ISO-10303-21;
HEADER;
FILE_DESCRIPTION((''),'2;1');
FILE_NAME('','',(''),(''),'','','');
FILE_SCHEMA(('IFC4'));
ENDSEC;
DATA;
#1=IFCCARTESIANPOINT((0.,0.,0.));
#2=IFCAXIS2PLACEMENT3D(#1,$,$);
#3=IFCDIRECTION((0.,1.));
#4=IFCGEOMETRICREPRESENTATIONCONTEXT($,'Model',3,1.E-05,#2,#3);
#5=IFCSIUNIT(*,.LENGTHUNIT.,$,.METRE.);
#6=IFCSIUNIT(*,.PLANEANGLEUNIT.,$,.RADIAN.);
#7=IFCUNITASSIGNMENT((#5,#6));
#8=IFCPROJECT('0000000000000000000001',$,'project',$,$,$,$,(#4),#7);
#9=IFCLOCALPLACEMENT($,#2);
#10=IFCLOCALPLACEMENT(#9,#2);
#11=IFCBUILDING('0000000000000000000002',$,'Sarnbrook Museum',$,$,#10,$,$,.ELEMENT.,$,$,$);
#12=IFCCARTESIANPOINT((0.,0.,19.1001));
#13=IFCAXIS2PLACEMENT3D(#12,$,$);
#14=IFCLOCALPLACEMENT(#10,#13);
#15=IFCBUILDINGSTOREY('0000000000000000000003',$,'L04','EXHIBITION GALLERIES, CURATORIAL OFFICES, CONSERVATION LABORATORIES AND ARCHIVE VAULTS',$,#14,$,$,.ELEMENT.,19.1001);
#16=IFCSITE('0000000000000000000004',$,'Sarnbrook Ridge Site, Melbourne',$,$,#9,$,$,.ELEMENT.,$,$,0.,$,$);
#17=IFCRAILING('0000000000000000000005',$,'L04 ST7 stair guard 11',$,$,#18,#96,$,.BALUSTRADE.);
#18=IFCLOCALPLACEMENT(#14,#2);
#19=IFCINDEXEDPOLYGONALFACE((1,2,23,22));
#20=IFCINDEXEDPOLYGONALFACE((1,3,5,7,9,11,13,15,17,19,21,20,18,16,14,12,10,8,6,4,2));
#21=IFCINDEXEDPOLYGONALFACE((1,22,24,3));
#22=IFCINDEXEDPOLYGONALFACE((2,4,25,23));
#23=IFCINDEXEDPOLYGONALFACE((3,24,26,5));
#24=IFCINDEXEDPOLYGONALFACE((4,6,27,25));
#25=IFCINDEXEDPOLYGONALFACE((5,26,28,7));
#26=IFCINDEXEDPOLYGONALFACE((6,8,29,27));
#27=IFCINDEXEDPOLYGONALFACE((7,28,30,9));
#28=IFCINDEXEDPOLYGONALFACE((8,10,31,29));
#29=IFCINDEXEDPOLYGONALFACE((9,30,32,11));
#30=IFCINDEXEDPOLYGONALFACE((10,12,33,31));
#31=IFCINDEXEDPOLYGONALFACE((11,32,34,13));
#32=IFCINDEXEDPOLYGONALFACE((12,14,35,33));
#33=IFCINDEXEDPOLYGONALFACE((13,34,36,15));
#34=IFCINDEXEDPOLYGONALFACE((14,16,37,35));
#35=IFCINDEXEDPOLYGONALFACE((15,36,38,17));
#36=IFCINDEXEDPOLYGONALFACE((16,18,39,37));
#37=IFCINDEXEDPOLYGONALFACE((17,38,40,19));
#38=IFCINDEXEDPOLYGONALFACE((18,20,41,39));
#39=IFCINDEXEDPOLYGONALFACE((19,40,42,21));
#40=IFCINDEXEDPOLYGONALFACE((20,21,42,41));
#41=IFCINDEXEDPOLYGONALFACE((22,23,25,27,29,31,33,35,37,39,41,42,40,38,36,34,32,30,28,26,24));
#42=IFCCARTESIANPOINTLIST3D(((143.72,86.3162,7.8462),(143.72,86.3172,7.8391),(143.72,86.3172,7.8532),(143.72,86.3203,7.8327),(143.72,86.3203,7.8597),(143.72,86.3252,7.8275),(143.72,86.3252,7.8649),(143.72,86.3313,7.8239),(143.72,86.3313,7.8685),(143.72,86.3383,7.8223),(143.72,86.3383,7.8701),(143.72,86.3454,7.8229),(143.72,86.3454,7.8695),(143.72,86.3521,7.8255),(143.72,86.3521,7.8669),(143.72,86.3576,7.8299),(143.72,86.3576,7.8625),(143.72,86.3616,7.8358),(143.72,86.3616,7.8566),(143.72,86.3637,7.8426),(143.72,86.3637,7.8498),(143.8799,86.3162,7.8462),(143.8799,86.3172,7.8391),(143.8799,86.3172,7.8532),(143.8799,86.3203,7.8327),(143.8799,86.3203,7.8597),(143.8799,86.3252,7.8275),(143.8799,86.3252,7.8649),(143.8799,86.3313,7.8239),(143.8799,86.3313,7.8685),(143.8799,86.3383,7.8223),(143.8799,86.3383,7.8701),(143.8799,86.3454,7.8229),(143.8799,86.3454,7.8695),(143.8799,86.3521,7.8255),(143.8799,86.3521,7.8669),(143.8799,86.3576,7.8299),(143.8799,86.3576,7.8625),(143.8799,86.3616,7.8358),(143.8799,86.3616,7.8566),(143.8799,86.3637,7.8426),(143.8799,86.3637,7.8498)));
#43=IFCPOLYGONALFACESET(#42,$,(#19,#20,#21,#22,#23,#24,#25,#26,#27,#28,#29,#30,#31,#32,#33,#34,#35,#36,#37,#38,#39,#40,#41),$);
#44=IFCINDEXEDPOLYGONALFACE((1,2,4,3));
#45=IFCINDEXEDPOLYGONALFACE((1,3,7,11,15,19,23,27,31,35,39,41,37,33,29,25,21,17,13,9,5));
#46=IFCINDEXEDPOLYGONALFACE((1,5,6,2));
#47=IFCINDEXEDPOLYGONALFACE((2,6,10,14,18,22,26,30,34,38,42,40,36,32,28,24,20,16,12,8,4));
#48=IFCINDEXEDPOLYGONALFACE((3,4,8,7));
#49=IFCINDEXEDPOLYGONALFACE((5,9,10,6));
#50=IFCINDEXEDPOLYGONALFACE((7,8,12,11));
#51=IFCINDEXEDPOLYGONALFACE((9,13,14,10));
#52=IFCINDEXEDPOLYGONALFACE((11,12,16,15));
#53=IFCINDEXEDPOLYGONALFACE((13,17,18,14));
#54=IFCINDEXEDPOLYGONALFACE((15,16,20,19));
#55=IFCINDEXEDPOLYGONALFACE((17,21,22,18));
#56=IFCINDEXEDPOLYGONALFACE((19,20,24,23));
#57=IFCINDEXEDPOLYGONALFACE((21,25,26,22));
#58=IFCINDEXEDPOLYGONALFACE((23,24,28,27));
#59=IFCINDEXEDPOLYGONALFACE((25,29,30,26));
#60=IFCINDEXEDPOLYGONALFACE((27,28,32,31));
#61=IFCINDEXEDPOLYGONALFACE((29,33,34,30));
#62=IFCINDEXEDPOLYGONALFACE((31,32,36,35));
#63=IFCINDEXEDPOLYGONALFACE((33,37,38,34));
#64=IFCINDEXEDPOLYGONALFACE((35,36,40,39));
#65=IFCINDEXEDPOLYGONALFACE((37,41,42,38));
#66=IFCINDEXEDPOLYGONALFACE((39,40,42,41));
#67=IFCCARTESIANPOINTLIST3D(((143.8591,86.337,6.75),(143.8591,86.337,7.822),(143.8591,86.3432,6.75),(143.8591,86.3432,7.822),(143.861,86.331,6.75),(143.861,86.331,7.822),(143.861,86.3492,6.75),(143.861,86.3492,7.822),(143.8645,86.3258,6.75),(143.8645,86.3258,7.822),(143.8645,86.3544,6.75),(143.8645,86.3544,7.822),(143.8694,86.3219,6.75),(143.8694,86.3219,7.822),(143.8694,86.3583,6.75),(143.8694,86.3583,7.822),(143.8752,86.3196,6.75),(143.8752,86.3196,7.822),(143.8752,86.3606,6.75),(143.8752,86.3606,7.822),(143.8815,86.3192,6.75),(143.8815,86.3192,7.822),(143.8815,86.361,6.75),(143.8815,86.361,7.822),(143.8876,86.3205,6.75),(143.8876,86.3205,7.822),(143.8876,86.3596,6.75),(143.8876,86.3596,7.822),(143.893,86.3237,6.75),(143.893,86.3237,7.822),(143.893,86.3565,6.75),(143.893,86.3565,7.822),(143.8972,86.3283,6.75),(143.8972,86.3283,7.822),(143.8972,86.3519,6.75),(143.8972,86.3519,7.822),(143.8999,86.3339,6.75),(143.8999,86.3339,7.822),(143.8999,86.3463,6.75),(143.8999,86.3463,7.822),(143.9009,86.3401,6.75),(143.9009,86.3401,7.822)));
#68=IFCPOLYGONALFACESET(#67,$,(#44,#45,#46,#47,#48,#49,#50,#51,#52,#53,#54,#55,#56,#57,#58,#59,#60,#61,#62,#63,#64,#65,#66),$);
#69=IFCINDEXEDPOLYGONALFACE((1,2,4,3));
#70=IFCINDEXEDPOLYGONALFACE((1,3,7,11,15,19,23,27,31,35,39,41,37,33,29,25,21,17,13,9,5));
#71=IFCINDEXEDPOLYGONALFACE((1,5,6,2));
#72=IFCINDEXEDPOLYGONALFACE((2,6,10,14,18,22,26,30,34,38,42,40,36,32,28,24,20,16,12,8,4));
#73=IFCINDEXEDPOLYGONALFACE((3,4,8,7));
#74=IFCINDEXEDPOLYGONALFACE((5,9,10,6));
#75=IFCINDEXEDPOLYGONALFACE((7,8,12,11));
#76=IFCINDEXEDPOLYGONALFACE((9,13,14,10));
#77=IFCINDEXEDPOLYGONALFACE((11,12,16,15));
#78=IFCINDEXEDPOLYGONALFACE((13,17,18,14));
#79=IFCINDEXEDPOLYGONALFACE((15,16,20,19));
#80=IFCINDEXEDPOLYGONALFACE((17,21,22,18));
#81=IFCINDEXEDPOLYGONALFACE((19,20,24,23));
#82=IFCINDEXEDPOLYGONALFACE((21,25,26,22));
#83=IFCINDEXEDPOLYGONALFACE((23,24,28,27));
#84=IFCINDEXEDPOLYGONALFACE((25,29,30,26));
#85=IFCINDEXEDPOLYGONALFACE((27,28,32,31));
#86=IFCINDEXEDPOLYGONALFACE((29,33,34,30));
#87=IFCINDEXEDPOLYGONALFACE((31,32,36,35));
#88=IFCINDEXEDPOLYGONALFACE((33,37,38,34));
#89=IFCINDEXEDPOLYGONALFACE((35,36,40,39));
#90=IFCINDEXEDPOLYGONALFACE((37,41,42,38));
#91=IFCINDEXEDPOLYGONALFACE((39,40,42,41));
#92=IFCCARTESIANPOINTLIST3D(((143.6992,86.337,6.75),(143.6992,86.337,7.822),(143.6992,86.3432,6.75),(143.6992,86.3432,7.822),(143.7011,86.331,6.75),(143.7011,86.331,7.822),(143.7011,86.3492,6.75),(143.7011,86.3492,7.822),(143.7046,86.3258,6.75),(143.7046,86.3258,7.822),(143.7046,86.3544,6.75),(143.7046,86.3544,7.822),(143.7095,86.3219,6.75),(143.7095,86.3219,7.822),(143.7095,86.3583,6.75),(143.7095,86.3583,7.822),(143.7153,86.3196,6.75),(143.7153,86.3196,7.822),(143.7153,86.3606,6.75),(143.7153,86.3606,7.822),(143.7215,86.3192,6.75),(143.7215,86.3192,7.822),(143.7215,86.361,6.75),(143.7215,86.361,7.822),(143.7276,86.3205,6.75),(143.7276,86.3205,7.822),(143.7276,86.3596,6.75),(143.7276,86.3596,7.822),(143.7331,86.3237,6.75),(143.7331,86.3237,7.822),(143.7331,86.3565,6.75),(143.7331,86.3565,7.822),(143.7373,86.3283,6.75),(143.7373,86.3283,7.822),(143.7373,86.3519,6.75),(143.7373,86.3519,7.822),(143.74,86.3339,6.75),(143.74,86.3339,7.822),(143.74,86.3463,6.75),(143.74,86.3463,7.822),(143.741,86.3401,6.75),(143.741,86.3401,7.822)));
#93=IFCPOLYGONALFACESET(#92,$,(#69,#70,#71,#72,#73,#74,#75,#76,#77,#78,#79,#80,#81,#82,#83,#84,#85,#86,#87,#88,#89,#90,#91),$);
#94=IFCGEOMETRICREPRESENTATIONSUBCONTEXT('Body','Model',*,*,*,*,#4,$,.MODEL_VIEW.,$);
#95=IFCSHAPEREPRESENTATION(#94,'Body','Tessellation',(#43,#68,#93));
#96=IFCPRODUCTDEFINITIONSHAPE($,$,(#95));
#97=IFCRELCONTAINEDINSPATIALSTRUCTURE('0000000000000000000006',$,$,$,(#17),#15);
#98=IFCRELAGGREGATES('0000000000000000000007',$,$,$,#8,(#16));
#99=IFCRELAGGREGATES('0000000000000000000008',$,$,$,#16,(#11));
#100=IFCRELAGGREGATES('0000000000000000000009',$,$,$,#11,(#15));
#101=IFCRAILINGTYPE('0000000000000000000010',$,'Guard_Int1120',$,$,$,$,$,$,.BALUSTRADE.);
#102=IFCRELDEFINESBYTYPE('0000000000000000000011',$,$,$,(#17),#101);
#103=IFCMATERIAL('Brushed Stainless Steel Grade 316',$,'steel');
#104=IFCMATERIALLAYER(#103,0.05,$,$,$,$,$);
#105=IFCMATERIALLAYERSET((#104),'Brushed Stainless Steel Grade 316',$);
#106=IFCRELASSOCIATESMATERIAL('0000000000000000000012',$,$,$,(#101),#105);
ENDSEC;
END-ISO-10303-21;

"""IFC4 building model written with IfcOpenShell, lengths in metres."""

from ifc_helpers import new_model, si_unit, direction, frame, origin, origin_2d, place, context, subcontext, project, spatial, circle, extrude, material, layer, layer_set, type_object, element, save


model = new_model("IFC4")

# Units and contexts
model_context = context("Model", 3, precision=1e-05, world=origin(), true_north=direction((0.0, 1.0)))
body_context = subcontext(model_context, "Body", "Model", "MODEL_VIEW")
ifc_project = project(units=[si_unit("LENGTHUNIT", "METRE"), si_unit("PLANEANGLEUNIT", "RADIAN")], contexts=[model_context])

# Site, building, storey
site_placement = place(None, origin())
site = spatial("IfcSite", under=ifc_project, at=site_placement, Name="Sarnbrook Ridge Site, Melbourne", CompositionType="ELEMENT", RefElevation=0.0)
building_placement = place(site_placement, origin())
building = spatial("IfcBuilding", under=site, at=building_placement, Name="Sarnbrook Museum", CompositionType="ELEMENT")
storey_placement = place(building_placement, frame((0.0, 0.0, 19.1001)))
storey = spatial("IfcBuildingStorey", under=building, at=storey_placement, Name="L04", Description="EXHIBITION GALLERIES, CURATORIAL OFFICES, CONSERVATION LABORATORIES AND ARCHIVE VAULTS", CompositionType="ELEMENT", Elevation=19.1001)

# Railing
ifc_material_1 = material(Name="Brushed Stainless Steel Grade 316", Category="steel")
ifc_layer_1 = layer(ifc_material_1, 0.05)
ifc_layer_set_1 = layer_set([ifc_layer_1], Name="Brushed Stainless Steel Grade 316")
railing_type = type_object("IfcRailingType", Name="Guard_Int1120", PredefinedType="BALUSTRADE", material=ifc_layer_set_1)
railing_1_placement = place(storey_placement, frame((143.8799, 86.3401, 6.75)))
element("IfcRailing", 1, at=railing_1_placement, inside=storey, type_object=railing_type, Name="L04 ST7 stair guard 11", PredefinedType="BALUSTRADE", context=body_context, shape_type="SweptSolid", body=[
    extrude(circle(Radius=0.0239, at=origin_2d()), frame((0.0, 0.0, 1.0962), z_axis=(-1.0, 0.0, 0.0), x_axis=(0.0, -1.0, 0.0)), (0.0, 0.0, 1.0), 0.1599),
    extrude(circle(Radius=0.021, at=origin_2d()), origin(), (0.0, 0.0, 1.0), 1.072),
    extrude(circle(Radius=0.021, at=origin_2d()), frame((-0.1599, 0.0, 0.0)), (0.0, 0.0, 1.0), 1.072),
])

save(model, "model.ifc")
